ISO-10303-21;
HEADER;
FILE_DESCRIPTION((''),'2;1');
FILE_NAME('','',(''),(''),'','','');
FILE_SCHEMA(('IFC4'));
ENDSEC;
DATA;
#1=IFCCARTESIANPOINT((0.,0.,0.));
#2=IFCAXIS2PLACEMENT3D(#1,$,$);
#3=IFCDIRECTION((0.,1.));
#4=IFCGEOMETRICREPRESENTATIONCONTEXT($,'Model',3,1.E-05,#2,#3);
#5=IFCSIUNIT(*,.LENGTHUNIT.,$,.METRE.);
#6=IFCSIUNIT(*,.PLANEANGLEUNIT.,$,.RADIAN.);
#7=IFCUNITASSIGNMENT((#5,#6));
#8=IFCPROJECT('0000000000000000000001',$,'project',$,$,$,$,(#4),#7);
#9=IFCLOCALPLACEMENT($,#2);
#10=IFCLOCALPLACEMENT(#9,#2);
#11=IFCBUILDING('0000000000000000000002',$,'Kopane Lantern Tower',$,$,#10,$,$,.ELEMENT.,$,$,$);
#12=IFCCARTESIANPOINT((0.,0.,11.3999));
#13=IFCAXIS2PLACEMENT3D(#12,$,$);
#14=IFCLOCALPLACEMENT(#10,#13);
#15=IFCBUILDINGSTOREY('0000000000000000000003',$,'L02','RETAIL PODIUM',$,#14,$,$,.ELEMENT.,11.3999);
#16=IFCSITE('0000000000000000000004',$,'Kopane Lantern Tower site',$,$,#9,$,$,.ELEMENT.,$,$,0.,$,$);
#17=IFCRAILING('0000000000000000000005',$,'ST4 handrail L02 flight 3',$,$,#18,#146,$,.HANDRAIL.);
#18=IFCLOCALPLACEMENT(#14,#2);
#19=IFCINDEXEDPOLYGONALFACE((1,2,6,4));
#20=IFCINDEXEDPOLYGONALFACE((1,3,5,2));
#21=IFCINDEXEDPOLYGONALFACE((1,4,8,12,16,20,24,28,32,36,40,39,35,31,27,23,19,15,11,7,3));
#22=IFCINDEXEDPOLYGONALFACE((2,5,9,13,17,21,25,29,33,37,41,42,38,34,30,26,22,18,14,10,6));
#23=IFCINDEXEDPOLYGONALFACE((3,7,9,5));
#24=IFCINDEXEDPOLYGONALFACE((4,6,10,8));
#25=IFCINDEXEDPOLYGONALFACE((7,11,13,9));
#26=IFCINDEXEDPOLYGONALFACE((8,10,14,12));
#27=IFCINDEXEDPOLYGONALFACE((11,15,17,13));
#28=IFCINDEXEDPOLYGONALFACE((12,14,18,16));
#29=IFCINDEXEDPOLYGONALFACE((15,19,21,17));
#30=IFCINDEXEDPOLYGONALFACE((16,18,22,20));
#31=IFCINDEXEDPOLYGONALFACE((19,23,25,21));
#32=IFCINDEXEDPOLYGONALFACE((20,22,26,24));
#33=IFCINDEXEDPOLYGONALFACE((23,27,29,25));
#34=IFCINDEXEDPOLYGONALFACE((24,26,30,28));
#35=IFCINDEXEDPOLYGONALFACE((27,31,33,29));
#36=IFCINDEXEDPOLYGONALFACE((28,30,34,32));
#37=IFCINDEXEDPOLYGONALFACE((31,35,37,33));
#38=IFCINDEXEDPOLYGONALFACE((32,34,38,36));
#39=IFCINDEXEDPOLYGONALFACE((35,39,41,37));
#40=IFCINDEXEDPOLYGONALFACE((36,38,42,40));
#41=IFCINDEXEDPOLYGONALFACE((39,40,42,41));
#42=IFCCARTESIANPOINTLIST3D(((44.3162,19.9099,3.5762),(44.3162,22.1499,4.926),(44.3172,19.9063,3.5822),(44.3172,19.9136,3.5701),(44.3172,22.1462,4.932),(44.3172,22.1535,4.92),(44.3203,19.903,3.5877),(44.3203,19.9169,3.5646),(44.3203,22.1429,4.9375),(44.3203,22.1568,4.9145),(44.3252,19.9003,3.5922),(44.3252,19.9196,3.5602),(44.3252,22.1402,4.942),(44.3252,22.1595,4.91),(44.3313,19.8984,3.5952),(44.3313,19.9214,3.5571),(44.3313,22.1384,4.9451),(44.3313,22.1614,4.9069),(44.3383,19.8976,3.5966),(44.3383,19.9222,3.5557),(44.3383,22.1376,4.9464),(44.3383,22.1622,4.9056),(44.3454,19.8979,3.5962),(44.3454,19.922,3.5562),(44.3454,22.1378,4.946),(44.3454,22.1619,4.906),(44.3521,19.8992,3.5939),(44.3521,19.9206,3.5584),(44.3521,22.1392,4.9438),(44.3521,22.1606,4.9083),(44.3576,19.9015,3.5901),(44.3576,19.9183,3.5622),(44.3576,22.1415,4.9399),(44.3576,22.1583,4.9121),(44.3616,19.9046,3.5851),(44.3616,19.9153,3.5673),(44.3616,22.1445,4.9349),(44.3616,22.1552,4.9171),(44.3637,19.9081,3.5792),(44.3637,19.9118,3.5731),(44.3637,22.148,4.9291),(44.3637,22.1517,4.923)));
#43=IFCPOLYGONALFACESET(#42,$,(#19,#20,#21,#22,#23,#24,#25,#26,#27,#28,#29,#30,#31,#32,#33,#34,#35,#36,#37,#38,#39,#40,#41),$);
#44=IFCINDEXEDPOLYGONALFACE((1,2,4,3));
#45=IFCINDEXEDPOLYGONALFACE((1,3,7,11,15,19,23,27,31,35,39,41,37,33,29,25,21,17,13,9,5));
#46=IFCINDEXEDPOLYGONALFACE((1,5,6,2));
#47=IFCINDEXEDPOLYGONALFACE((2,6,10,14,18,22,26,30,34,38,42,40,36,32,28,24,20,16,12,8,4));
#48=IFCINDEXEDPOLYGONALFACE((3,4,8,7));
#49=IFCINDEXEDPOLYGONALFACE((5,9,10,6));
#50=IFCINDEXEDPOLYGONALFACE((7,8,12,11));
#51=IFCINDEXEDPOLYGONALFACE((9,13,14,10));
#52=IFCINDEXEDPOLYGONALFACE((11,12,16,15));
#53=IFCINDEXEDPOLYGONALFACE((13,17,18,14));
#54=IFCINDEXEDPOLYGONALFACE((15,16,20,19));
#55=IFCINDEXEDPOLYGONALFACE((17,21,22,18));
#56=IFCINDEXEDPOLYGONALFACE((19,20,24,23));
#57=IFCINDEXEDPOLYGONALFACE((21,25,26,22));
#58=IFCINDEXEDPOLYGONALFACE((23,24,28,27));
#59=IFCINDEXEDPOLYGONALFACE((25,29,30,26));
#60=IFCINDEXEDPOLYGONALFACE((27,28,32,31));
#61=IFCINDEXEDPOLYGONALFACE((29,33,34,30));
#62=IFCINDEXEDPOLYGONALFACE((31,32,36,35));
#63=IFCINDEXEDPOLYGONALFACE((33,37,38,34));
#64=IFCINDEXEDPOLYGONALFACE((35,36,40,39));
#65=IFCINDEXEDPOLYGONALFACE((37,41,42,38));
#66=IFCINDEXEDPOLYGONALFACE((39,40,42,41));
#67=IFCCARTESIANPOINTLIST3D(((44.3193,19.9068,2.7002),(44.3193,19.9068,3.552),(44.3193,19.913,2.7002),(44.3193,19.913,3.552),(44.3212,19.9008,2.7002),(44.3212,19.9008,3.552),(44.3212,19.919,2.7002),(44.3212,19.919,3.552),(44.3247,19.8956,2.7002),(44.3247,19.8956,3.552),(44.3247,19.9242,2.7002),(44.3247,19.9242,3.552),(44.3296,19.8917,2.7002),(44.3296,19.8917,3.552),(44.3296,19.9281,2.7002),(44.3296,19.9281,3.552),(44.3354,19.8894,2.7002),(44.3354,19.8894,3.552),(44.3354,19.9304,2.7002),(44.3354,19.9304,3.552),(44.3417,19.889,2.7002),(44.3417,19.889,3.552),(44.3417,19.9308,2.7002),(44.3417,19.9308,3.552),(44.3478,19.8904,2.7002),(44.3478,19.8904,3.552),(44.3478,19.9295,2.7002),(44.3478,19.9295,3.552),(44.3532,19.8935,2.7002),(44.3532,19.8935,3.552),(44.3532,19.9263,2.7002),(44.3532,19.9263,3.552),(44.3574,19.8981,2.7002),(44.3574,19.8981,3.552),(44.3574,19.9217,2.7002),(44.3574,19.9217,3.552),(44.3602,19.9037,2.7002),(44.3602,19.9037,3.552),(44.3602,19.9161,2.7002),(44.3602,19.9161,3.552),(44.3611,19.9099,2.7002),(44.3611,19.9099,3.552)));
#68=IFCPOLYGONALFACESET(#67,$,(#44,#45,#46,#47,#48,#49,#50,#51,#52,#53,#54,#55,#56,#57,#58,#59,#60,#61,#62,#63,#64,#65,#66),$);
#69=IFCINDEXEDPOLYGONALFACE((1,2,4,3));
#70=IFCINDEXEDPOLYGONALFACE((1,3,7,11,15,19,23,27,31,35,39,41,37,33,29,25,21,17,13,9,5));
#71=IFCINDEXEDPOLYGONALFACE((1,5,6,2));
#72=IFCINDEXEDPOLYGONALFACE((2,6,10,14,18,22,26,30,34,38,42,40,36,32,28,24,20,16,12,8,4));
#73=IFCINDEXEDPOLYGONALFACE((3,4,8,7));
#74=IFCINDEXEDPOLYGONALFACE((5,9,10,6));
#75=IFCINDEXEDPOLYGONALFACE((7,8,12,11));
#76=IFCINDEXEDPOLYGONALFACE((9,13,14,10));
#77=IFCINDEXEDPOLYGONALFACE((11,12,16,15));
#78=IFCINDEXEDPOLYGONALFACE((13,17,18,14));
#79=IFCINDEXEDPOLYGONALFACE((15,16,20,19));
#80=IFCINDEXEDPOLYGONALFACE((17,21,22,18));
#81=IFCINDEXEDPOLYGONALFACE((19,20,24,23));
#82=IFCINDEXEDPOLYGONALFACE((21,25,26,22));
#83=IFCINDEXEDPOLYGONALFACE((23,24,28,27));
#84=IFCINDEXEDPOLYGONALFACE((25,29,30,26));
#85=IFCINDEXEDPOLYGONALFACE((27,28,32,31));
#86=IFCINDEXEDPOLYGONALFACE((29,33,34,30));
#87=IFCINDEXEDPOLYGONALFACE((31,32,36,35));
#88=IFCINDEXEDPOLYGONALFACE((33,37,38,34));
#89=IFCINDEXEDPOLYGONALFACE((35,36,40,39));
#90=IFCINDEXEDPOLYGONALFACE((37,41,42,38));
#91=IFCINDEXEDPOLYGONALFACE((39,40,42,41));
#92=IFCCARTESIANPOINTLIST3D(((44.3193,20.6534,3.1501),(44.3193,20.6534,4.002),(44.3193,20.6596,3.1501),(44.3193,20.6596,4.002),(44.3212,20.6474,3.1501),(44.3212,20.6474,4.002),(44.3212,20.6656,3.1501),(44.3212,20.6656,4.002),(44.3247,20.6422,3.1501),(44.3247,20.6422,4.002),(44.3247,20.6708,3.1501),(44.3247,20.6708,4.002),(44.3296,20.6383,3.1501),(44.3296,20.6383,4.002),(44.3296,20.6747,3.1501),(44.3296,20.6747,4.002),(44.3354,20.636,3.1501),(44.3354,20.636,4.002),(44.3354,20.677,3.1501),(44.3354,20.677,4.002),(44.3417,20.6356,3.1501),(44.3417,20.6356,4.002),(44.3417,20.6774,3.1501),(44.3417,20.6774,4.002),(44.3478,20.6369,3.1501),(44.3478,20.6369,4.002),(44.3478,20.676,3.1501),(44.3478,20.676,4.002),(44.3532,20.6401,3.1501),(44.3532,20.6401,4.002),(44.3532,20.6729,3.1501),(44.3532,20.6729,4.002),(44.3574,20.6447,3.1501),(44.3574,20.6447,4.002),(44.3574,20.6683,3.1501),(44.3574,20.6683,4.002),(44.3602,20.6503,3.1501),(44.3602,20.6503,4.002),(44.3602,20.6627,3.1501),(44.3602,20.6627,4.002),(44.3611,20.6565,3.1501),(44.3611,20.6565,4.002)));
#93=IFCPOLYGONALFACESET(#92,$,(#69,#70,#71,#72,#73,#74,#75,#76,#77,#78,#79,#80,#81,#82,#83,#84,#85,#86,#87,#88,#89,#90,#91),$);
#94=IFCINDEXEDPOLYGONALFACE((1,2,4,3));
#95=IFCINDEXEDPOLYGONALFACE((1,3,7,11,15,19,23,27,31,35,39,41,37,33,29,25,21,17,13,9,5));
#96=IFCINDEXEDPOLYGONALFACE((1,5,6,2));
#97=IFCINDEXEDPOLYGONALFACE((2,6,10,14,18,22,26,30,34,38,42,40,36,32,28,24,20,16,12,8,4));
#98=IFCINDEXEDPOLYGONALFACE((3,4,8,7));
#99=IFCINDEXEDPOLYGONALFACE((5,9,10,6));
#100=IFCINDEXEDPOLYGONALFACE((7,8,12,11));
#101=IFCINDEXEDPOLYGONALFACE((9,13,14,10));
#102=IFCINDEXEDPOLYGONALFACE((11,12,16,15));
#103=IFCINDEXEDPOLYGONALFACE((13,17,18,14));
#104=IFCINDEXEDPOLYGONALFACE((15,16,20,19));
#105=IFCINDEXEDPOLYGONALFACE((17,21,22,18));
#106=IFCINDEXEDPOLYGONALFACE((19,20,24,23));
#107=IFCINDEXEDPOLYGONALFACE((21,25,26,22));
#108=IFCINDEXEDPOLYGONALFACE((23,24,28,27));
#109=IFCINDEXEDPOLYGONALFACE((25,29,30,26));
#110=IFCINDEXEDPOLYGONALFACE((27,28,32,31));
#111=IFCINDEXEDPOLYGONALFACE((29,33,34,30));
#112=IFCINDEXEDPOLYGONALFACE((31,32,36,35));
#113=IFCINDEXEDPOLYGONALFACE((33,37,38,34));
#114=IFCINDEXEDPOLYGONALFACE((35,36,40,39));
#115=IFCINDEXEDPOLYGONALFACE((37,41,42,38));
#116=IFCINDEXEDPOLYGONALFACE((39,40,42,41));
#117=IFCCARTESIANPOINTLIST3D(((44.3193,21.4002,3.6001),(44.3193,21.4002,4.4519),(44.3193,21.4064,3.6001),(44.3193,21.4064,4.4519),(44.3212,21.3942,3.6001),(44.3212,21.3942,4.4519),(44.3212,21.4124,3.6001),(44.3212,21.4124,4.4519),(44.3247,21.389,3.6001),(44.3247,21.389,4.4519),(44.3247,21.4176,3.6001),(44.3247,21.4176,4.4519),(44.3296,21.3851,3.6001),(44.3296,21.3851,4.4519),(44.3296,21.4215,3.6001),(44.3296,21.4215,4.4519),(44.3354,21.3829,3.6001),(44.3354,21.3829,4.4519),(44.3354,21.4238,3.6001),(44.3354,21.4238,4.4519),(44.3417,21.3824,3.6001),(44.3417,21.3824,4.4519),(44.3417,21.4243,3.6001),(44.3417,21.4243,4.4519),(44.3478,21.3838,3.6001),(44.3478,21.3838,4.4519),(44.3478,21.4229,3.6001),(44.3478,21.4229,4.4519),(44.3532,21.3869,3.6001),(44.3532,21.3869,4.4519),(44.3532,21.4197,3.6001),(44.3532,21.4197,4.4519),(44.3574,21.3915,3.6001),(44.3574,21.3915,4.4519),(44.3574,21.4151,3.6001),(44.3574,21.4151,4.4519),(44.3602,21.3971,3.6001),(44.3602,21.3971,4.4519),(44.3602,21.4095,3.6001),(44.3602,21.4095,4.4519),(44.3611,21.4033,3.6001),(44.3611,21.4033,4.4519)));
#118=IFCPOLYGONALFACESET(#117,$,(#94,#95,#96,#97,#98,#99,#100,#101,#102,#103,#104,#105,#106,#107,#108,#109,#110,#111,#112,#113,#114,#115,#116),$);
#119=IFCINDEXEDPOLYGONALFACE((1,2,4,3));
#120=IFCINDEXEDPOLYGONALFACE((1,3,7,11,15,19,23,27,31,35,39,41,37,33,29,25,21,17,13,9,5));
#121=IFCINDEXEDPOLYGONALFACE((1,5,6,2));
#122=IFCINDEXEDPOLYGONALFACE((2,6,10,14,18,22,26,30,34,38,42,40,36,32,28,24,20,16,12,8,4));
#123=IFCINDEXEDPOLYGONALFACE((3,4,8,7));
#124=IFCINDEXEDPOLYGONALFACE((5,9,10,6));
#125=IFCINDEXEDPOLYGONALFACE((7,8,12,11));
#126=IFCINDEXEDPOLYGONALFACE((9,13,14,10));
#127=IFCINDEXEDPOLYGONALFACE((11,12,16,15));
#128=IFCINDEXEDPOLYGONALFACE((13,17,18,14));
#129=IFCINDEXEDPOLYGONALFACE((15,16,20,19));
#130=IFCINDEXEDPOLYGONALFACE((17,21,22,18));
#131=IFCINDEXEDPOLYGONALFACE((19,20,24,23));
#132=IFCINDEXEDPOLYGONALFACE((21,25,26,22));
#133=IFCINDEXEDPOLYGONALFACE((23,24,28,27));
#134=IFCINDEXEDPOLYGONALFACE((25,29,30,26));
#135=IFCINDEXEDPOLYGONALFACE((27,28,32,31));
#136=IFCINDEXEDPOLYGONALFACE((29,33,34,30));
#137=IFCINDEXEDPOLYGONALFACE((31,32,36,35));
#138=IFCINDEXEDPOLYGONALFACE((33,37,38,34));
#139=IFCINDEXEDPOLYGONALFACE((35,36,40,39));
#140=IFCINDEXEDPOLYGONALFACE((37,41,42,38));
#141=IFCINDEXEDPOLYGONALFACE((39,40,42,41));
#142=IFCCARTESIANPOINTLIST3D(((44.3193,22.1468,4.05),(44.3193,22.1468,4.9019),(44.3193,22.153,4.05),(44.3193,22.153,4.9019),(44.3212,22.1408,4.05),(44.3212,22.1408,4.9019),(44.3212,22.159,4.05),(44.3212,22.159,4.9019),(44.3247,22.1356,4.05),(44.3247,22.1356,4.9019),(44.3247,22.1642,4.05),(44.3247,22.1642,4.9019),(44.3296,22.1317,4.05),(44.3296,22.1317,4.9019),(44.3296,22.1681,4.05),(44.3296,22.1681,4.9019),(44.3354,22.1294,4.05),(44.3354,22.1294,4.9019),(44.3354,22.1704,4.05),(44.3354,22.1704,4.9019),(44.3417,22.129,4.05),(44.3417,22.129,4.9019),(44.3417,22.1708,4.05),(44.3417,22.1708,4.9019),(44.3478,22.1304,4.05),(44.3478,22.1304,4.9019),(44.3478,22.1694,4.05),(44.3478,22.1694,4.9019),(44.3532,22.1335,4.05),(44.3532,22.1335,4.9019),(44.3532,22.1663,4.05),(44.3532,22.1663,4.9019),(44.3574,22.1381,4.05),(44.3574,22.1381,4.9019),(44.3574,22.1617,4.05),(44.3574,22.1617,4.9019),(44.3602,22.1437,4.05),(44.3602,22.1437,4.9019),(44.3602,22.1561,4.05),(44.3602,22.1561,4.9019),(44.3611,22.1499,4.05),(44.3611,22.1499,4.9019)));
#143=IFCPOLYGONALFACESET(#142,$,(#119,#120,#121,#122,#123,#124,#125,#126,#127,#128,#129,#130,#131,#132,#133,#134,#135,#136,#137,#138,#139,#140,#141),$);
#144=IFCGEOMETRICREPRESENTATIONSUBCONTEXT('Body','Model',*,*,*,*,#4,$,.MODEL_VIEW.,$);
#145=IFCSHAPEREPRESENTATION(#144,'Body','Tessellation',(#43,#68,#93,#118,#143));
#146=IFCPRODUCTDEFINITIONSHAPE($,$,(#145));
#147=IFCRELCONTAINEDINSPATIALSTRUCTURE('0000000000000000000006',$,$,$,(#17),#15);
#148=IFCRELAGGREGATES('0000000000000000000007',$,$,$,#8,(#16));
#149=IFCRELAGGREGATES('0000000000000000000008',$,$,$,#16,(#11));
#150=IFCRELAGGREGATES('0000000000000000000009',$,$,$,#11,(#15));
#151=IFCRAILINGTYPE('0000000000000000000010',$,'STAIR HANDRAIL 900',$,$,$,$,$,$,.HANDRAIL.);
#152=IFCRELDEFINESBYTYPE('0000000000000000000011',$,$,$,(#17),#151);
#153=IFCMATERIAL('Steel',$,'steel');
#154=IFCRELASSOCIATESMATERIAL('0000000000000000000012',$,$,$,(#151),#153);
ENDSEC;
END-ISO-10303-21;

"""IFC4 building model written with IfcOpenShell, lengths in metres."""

from ifc_helpers import new_model, si_unit, direction, frame, origin, origin_2d, place, context, subcontext, project, spatial, circle, extrude, material, type_object, element, save


model = new_model("IFC4")

# Units and contexts
model_context = context("Model", 3, precision=1e-05, world=origin(), true_north=direction((0.0, 1.0)))
body_context = subcontext(model_context, "Body", "Model", "MODEL_VIEW")
ifc_project = project(units=[si_unit("LENGTHUNIT", "METRE"), si_unit("PLANEANGLEUNIT", "RADIAN")], contexts=[model_context])

# Site, building, storey
site_placement = place(None, origin())
site = spatial("IfcSite", under=ifc_project, at=site_placement, Name="Kopane Lantern Tower site", CompositionType="ELEMENT", RefElevation=0.0)
building_placement = place(site_placement, origin())
building = spatial("IfcBuilding", under=site, at=building_placement, Name="Kopane Lantern Tower", CompositionType="ELEMENT")
storey_placement = place(building_placement, frame((0.0, 0.0, 11.3999)))
storey = spatial("IfcBuildingStorey", under=building, at=storey_placement, Name="L02", Description="RETAIL PODIUM", CompositionType="ELEMENT", Elevation=11.3999)

# Railing
ifc_material_1 = material(Name="Steel", Category="steel")
railing_type_1 = type_object("IfcRailingType", Name="STAIR HANDRAIL 900", PredefinedType="HANDRAIL", material=ifc_material_1)
for number, where, name in (
    (1, (44.3401, 19.9099, 2.7002), "ST4 handrail L02 flight 3"),
):
    element("IfcRailing", number, at=place(storey_placement, frame(where)), inside=storey, type_object=railing_type_1, Name=name, PredefinedType="HANDRAIL", context=body_context, shape_type="SweptSolid", body=[
        extrude(circle(Radius=0.0239, at=origin_2d()), frame((0.0, 0.0, 0.876), z_axis=(0.0, 0.856503, 0.516142), x_axis=(-1.0, 0.0, 0.0)), (0.0, 0.0, 1.0), 2.6152),
        extrude(circle(Radius=0.021, at=origin_2d()), origin(), (0.0, 0.0, 1.0), 0.8518),
        extrude(circle(Radius=0.021, at=origin_2d()), frame((0.0, 0.7466, 0.45)), (0.0, 0.0, 1.0), 0.8518),
        extrude(circle(Radius=0.021, at=origin_2d()), frame((0.0, 1.4934, 0.8999)), (0.0, 0.0, 1.0), 0.8518),
        extrude(circle(Radius=0.021, at=origin_2d()), frame((0.0, 2.24, 1.3499)), (0.0, 0.0, 1.0), 0.8518),
    ])

save(model, "model.ifc")
